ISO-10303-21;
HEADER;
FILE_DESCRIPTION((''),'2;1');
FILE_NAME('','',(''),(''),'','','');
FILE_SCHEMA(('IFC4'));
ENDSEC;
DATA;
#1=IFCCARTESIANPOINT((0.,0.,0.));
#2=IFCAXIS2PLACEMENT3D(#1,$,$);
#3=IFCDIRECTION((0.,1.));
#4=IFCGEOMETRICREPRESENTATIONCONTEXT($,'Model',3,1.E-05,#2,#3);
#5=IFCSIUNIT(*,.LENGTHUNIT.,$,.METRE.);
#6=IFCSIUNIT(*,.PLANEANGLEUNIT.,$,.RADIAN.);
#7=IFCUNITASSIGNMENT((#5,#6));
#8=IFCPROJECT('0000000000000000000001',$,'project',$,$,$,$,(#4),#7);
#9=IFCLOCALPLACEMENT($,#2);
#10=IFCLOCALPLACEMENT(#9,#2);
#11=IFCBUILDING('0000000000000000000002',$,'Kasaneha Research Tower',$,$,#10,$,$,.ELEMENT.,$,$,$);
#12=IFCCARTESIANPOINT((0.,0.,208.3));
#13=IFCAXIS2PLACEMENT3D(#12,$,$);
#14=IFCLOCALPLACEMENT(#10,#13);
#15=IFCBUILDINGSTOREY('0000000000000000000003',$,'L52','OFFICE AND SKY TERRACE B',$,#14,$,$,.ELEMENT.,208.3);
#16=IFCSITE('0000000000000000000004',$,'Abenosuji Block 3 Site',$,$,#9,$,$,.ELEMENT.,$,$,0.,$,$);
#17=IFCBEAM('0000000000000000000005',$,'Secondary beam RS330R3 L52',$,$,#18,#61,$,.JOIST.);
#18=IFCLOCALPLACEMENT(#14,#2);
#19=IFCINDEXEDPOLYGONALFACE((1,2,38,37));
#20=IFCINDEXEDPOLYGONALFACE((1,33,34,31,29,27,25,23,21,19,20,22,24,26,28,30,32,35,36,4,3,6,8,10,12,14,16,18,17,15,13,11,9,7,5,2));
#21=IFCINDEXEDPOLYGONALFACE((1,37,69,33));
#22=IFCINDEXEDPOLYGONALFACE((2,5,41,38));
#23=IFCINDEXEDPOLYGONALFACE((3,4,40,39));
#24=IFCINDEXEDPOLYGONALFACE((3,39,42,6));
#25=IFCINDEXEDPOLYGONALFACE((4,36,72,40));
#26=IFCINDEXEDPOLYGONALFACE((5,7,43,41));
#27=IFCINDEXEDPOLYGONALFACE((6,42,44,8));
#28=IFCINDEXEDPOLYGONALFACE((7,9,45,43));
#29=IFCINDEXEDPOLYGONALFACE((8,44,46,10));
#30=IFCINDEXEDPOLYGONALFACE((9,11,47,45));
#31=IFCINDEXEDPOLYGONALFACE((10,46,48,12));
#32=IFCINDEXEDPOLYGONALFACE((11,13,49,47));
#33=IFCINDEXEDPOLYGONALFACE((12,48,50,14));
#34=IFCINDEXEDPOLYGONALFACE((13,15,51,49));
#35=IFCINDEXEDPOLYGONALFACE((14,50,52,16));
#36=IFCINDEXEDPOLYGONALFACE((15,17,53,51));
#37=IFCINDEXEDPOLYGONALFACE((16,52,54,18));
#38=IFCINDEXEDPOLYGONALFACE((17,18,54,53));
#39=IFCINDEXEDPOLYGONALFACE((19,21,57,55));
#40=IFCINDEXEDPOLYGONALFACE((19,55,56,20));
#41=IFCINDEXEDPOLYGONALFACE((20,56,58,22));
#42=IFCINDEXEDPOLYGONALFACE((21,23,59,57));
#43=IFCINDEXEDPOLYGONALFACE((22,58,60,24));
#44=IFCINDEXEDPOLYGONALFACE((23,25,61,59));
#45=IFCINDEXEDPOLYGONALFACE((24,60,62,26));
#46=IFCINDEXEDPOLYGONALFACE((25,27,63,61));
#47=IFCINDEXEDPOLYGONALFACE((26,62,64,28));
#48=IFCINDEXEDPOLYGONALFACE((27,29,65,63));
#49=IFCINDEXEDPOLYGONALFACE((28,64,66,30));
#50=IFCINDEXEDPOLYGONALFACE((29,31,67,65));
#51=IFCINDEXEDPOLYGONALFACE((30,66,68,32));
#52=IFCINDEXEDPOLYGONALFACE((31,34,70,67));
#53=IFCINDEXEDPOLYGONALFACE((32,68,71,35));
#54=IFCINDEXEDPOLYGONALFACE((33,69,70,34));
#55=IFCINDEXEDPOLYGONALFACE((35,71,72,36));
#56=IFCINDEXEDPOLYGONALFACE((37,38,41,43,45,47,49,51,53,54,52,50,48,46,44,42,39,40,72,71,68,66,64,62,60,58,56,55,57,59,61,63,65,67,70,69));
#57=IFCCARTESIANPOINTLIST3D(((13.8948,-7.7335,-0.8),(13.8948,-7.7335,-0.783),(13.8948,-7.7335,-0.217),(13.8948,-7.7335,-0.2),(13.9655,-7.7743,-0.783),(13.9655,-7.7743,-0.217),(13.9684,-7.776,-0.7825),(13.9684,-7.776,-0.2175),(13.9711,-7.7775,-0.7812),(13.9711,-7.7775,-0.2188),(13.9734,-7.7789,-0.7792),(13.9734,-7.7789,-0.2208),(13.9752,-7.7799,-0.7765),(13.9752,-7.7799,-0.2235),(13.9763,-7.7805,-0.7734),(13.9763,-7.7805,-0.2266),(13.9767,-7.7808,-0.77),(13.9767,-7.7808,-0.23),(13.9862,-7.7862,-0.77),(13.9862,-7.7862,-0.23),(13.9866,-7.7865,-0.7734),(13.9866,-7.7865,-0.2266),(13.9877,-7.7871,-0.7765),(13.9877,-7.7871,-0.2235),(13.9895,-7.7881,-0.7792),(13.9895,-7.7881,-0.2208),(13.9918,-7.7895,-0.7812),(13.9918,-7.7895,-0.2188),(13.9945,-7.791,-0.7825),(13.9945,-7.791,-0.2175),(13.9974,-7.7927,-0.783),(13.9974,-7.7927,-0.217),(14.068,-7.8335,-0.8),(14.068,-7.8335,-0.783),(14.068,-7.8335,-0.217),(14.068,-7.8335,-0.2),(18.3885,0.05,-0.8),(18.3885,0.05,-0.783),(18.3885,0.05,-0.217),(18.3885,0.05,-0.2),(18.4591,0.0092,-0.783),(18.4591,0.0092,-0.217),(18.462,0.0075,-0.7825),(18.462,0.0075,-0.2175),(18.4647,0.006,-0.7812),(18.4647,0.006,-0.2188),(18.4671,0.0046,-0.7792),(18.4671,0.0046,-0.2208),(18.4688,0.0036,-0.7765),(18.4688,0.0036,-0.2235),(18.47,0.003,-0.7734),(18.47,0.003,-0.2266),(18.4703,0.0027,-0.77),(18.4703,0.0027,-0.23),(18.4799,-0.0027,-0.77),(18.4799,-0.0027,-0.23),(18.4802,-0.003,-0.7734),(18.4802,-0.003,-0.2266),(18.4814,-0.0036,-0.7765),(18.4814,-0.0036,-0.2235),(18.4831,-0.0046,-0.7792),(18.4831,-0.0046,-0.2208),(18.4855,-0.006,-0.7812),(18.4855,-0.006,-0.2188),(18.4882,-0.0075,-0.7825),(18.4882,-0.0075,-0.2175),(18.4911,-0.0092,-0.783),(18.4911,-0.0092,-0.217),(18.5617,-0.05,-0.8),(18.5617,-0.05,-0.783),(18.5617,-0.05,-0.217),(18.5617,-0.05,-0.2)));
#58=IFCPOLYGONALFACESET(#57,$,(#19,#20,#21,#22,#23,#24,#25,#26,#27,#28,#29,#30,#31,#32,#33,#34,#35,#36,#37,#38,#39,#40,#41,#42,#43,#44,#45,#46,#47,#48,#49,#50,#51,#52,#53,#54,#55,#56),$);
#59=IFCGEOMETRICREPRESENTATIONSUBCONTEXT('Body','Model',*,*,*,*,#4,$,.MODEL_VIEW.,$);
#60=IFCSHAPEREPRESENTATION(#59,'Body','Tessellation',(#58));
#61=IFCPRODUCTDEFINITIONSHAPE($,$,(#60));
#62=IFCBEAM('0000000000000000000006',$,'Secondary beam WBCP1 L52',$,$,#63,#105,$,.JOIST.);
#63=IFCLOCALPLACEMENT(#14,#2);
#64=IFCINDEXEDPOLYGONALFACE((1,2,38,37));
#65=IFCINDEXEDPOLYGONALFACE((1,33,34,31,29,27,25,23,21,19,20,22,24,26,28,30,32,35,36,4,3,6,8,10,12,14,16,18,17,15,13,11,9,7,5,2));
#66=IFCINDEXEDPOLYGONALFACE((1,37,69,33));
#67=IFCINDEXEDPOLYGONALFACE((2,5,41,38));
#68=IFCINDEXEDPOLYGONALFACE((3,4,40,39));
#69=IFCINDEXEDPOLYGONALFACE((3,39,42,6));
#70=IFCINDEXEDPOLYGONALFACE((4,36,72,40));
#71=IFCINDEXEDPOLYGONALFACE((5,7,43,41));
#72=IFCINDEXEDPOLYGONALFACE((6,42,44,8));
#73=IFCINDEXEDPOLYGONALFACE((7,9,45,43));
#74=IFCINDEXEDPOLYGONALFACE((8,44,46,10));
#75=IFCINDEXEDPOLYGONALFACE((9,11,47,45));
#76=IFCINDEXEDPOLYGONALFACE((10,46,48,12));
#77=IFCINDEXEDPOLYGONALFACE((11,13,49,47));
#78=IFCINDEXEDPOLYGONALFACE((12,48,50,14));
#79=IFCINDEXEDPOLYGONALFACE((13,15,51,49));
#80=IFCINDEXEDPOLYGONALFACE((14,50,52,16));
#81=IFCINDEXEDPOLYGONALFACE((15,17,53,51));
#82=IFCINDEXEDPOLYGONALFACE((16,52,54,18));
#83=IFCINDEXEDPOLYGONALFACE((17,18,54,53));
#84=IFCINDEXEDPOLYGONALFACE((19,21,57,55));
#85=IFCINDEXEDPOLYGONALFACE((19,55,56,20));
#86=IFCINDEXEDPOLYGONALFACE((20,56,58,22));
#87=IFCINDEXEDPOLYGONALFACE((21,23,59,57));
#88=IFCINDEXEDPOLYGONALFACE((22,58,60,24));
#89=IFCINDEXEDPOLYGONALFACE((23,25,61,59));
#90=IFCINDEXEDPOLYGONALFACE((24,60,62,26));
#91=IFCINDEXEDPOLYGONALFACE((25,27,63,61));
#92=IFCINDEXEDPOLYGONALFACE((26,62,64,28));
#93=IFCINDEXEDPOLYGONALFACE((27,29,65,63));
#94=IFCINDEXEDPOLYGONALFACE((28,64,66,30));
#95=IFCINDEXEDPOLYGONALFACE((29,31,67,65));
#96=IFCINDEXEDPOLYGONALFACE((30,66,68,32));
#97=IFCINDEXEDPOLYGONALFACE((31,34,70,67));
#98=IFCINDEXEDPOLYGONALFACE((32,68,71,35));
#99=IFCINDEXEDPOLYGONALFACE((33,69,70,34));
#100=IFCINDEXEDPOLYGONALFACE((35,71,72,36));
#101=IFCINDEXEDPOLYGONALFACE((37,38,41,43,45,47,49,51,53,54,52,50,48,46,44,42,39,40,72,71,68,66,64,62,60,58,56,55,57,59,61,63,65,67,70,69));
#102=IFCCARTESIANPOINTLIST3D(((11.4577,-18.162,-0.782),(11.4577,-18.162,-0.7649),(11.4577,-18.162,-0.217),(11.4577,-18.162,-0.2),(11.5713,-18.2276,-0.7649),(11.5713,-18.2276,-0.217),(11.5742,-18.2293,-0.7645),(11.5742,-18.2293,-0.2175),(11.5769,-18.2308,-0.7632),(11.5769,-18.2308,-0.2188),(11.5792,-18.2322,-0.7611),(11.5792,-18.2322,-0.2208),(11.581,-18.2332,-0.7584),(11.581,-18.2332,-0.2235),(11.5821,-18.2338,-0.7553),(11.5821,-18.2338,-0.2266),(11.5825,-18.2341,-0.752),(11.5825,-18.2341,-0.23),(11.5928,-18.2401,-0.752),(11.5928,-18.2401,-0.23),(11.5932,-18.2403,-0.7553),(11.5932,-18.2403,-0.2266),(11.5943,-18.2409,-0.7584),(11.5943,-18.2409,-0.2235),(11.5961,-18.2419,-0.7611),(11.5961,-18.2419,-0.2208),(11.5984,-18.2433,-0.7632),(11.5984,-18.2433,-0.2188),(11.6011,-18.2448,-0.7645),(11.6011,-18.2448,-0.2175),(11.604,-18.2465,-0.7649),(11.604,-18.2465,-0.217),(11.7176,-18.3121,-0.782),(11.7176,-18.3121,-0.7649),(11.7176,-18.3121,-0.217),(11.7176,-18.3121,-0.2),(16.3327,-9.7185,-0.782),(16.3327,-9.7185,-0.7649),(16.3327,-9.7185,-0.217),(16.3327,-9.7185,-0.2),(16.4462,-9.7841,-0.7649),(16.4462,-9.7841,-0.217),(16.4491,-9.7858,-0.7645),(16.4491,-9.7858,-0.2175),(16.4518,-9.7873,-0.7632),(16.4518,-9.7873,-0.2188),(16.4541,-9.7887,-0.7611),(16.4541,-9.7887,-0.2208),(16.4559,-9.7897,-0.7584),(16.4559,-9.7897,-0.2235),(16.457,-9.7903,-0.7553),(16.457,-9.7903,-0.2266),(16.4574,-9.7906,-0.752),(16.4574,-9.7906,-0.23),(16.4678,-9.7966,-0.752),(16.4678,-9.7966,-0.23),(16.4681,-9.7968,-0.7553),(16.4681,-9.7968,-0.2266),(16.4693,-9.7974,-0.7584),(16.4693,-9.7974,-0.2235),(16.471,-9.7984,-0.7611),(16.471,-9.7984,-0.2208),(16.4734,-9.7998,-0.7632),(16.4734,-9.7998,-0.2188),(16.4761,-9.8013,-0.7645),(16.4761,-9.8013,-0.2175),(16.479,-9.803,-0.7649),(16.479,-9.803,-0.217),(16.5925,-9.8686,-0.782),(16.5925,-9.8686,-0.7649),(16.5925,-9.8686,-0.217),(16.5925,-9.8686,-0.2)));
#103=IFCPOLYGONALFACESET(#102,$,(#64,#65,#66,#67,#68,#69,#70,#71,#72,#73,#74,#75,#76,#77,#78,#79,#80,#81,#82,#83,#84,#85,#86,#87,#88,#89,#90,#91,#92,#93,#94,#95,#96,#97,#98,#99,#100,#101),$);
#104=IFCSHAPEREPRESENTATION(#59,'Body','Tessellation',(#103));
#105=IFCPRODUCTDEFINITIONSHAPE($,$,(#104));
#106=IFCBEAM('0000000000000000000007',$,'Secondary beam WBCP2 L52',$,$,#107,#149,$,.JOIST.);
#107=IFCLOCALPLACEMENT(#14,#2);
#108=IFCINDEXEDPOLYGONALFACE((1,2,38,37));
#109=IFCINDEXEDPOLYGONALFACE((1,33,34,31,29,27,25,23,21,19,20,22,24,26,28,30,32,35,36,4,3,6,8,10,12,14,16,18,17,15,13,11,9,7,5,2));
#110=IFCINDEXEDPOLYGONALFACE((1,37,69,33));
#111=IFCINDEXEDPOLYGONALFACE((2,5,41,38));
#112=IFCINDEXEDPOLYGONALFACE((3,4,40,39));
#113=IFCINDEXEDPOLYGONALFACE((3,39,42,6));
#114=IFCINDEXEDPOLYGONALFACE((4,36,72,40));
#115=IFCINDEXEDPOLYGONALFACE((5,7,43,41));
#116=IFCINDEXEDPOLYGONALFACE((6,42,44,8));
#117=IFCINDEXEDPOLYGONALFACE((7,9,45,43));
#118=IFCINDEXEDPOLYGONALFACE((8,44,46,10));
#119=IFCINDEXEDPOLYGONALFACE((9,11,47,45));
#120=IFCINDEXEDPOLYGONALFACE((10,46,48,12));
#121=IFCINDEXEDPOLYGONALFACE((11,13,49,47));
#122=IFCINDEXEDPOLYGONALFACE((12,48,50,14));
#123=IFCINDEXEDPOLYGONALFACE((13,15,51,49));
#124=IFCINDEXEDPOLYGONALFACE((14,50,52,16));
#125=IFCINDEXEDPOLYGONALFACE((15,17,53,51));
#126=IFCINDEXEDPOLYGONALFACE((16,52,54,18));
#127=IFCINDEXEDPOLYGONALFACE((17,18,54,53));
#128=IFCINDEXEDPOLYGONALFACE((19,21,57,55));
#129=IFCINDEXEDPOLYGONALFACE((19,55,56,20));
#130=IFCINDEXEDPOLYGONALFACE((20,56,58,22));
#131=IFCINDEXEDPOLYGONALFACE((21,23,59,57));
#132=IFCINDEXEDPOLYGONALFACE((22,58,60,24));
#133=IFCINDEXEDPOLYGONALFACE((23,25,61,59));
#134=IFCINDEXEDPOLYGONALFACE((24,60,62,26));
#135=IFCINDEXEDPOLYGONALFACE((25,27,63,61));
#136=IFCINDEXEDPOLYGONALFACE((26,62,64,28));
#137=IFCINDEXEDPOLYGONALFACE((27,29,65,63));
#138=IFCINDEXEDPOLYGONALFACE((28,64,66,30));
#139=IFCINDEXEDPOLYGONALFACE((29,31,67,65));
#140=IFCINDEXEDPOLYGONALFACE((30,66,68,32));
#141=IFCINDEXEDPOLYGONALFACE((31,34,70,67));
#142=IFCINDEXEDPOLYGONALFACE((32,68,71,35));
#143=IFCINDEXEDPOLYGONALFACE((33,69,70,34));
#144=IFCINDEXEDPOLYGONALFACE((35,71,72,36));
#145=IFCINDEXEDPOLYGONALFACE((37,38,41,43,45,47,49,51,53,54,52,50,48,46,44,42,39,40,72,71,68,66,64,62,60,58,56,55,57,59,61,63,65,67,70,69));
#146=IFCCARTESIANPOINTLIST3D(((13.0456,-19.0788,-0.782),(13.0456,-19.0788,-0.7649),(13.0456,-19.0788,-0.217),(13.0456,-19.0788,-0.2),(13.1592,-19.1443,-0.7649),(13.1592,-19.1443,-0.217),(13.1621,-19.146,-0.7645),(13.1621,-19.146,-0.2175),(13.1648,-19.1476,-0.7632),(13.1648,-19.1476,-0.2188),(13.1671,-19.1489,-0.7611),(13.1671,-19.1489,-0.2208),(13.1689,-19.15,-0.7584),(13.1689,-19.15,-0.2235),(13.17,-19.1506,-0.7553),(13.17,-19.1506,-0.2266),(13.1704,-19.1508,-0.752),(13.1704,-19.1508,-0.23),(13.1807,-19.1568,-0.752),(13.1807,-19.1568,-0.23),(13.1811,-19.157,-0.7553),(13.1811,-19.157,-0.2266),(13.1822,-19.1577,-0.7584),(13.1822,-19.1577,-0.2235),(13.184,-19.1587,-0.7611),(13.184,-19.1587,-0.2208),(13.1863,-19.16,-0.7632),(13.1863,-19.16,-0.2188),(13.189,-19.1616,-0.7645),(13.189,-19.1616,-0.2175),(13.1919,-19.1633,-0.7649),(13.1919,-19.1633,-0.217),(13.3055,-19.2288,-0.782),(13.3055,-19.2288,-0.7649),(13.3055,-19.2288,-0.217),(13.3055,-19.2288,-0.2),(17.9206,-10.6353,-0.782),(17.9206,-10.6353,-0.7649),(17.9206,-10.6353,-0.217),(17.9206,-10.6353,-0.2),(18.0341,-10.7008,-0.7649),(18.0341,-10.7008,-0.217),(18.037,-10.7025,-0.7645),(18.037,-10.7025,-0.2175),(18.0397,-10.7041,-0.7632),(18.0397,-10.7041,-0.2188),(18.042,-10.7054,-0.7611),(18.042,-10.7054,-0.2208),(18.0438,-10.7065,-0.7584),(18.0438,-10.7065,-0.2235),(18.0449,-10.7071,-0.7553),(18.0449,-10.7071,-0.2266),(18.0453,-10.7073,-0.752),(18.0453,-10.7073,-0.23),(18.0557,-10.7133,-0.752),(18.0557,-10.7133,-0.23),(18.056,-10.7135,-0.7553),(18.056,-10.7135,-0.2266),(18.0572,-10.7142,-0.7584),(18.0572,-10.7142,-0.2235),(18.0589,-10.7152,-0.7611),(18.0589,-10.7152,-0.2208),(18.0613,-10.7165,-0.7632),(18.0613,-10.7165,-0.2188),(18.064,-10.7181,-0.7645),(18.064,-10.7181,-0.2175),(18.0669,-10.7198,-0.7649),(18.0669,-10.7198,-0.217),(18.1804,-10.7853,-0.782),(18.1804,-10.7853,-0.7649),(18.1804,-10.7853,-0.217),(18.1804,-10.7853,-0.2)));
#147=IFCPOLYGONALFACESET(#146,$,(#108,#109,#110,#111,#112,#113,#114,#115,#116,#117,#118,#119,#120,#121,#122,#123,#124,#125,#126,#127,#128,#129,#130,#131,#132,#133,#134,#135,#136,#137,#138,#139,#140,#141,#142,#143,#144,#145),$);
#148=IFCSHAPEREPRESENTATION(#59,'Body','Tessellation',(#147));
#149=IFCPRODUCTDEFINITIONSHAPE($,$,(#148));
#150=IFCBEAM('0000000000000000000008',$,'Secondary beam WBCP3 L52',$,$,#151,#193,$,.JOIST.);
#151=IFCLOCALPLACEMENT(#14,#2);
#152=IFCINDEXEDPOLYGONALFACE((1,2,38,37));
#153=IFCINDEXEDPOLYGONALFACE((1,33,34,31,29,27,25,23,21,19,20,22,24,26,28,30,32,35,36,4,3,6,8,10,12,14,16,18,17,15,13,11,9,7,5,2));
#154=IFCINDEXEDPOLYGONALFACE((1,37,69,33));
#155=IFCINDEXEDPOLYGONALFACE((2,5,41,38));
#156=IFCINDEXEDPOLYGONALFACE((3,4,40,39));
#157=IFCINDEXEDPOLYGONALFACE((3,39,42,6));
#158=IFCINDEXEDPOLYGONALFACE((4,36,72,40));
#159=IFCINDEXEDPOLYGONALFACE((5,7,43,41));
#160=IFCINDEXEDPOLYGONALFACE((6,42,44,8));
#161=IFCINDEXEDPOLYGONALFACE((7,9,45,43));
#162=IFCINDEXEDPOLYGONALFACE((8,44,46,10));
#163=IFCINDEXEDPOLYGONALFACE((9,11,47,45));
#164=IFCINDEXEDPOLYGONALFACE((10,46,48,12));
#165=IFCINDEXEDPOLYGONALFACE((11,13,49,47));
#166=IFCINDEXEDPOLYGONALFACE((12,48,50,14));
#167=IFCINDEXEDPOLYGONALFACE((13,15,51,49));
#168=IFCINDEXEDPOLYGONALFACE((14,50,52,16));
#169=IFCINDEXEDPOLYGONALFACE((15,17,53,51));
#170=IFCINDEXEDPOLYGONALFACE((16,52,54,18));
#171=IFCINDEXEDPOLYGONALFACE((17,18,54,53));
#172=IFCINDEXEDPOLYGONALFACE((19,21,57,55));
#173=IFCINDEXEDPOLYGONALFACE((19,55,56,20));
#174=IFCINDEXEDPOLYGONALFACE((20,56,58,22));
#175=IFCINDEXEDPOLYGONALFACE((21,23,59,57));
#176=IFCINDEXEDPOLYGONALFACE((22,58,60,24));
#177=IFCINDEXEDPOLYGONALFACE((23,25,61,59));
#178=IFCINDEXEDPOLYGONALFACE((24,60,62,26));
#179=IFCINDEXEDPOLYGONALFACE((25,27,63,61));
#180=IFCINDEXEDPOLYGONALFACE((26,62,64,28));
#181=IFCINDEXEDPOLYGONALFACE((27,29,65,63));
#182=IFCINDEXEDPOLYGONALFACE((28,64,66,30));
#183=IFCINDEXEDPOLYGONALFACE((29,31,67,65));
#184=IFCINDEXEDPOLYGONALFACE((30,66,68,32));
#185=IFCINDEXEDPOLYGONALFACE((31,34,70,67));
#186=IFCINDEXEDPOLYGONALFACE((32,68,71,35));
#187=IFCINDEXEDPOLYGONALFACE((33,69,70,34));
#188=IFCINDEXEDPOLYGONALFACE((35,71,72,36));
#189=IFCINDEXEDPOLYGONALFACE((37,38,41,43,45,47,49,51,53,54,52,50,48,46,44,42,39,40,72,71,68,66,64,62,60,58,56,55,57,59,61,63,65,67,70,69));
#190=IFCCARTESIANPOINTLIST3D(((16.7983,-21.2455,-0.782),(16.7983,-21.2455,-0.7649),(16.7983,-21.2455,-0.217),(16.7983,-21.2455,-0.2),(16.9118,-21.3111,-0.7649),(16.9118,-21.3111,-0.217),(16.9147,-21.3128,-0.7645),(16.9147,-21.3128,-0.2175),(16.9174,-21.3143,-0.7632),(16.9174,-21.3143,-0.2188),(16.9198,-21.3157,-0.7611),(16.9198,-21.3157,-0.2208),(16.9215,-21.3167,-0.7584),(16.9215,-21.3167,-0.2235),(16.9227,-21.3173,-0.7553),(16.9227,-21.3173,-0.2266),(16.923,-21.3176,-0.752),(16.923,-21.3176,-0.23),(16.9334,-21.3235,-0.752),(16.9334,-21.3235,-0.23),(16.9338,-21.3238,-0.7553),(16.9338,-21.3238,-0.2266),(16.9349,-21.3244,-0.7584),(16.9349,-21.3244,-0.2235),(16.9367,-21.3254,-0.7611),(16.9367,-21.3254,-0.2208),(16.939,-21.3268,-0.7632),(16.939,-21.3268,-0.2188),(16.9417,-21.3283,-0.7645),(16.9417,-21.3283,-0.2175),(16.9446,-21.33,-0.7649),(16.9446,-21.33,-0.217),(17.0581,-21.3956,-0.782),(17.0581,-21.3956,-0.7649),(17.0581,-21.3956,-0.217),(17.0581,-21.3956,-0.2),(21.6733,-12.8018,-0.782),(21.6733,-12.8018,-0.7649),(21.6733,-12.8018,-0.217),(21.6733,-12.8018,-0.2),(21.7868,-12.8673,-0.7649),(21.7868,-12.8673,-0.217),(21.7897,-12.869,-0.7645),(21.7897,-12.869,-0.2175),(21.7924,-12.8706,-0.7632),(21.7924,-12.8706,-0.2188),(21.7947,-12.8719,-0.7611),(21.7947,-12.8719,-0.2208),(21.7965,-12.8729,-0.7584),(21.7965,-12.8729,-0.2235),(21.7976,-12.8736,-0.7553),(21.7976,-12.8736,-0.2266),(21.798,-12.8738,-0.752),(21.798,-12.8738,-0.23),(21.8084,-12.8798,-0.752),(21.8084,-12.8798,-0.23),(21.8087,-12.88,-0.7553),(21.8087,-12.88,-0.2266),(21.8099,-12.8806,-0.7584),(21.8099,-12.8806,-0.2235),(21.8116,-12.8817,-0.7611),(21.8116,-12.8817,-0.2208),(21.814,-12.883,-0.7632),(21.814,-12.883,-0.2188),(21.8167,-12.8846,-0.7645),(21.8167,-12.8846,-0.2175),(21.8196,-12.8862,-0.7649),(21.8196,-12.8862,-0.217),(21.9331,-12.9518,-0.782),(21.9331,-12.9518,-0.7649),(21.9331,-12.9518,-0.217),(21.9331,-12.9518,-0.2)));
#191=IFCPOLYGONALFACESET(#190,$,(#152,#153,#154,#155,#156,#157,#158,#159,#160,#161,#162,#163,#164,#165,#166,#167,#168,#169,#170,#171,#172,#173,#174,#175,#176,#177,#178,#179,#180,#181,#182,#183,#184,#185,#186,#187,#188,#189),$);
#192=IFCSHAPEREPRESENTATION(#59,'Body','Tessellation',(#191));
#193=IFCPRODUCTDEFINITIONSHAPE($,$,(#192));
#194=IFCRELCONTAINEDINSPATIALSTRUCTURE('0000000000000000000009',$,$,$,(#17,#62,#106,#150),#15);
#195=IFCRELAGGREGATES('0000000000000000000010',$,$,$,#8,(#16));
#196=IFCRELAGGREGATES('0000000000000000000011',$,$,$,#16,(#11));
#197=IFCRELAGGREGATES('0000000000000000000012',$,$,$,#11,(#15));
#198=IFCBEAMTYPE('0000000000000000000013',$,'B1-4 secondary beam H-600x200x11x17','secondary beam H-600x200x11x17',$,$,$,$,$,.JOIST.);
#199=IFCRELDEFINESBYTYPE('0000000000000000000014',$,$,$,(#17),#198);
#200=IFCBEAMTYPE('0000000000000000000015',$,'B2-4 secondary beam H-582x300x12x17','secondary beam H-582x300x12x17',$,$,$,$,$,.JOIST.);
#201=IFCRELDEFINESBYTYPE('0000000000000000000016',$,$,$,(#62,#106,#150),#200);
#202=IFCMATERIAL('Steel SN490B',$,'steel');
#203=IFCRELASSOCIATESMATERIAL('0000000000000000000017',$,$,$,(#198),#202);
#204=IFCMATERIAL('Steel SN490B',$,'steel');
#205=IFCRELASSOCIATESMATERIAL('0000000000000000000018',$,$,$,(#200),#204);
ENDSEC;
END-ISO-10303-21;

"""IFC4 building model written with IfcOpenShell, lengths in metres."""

from ifc_helpers import new_model, si_unit, direction, frame, origin, origin_2d, place, context, subcontext, project, spatial, i_section, extrude, material, material_profile, profile_set, type_object, element, save


model = new_model("IFC4")

# Units and contexts
model_context = context("Model", 3, precision=1e-05, world=origin(), true_north=direction((0.0, 1.0)))
body_context = subcontext(model_context, "Body", "Model", "MODEL_VIEW")
ifc_project = project(units=[si_unit("LENGTHUNIT", "METRE"), si_unit("PLANEANGLEUNIT", "RADIAN")], contexts=[model_context])

# Site, building, storey
site_placement = place(None, origin())
site = spatial("IfcSite", under=ifc_project, at=site_placement, Name="Abenosuji Block 3 Site", CompositionType="ELEMENT", RefElevation=0.0)
building_placement = place(site_placement, origin())
building = spatial("IfcBuilding", under=site, at=building_placement, Name="Kasaneha Research Tower", CompositionType="ELEMENT")
storey_placement = place(building_placement, frame((0.0, 0.0, 208.3)))
storey = spatial("IfcBuildingStorey", under=building, at=storey_placement, Name="L52", Description="OFFICE AND SKY TERRACE B", CompositionType="ELEMENT", Elevation=208.3)

# Beams
ifc_material_1 = material(Name="Steel SN490B", Category="steel")
ifc_material_profile_1 = material_profile(ifc_material_1, i_section(OverallWidth=0.2, OverallDepth=0.6001, WebThickness=0.011, FlangeThickness=0.0171, FilletRadius=0.0129, at=origin_2d()), Name="H-600x200x11x17")
ifc_profile_set_1 = profile_set([ifc_material_profile_1], Name="Steel SN490B")
beam_type_1 = type_object("IfcBeamType", Name="B1-4 secondary beam H-600x200x11x17", Description="secondary beam H-600x200x11x17", PredefinedType="JOIST", material=ifc_profile_set_1)
beam_1_placement = place(storey_placement, frame((18.4751, 0.0, -0.5), z_axis=(-0.49999, -0.866031, 0.0), x_axis=(0.866031, -0.49999, 0.0)))
element("IfcBeam", 1, at=beam_1_placement, inside=storey, type_object=beam_type_1, Name="Secondary beam RS330R3 L52", PredefinedType="JOIST", context=body_context, shape_type="SweptSolid", body=[
    extrude(i_section(OverallWidth=0.2, OverallDepth=0.6001, WebThickness=0.011, FlangeThickness=0.0171, FilletRadius=0.0129, at=origin_2d()), origin(), (0.0, 0.0, 1.0), 8.9875),
])
ifc_material_2 = material(Name="Steel SN490B", Category="steel")
ifc_material_profile_2 = material_profile(ifc_material_2, i_section(OverallWidth=0.3, OverallDepth=0.582, WebThickness=0.012, FlangeThickness=0.0171, FilletRadius=0.0129, at=origin_2d()), Name="H-582x300x12x17")
ifc_profile_set_2 = profile_set([ifc_material_profile_2], Name="Steel SN490B")
beam_type_2 = type_object("IfcBeamType", Name="B2-4 secondary beam H-582x300x12x17", Description="secondary beam H-582x300x12x17", PredefinedType="JOIST", material=ifc_profile_set_2)
for number, where, z_axis, x_axis, name in (
    (2, (11.5876, -18.2371, -0.491), (0.500006, 0.866022, 0.0), (-0.866022, 0.500006, 0.0), "Secondary beam WBCP1 L52"),
    (3, (13.1755, -19.1538, -0.491), (0.500006, 0.866022, 0.0), (-0.866022, 0.500006, 0.0), "Secondary beam WBCP2 L52"),
):
    element("IfcBeam", number, at=place(storey_placement, frame(where, z_axis=z_axis, x_axis=x_axis)), inside=storey, type_object=beam_type_2, Name=name, PredefinedType="JOIST", context=body_context, shape_type="SweptSolid", body=[
        extrude(i_section(OverallWidth=0.3, OverallDepth=0.582, WebThickness=0.012, FlangeThickness=0.0171, FilletRadius=0.0129, at=origin_2d()), origin(), (0.0, 0.0, 1.0), 9.7498),
    ])
for number, where, z_axis, x_axis, name in (
    (4, (16.9282, -21.3206, -0.491), (0.499996, 0.866028, 0.0), (-0.866028, 0.499996, 0.0), "Secondary beam WBCP3 L52"),
):
    element("IfcBeam", number, at=place(storey_placement, frame(where, z_axis=z_axis, x_axis=x_axis)), inside=storey, type_object=beam_type_2, Name=name, PredefinedType="JOIST", context=body_context, shape_type="SweptSolid", body=[
        extrude(i_section(OverallWidth=0.3, OverallDepth=0.582, WebThickness=0.012, FlangeThickness=0.0171, FilletRadius=0.0129, at=origin_2d()), origin(), (0.0, 0.0, 1.0), 9.75),
    ])

save(model, "model.ifc")
